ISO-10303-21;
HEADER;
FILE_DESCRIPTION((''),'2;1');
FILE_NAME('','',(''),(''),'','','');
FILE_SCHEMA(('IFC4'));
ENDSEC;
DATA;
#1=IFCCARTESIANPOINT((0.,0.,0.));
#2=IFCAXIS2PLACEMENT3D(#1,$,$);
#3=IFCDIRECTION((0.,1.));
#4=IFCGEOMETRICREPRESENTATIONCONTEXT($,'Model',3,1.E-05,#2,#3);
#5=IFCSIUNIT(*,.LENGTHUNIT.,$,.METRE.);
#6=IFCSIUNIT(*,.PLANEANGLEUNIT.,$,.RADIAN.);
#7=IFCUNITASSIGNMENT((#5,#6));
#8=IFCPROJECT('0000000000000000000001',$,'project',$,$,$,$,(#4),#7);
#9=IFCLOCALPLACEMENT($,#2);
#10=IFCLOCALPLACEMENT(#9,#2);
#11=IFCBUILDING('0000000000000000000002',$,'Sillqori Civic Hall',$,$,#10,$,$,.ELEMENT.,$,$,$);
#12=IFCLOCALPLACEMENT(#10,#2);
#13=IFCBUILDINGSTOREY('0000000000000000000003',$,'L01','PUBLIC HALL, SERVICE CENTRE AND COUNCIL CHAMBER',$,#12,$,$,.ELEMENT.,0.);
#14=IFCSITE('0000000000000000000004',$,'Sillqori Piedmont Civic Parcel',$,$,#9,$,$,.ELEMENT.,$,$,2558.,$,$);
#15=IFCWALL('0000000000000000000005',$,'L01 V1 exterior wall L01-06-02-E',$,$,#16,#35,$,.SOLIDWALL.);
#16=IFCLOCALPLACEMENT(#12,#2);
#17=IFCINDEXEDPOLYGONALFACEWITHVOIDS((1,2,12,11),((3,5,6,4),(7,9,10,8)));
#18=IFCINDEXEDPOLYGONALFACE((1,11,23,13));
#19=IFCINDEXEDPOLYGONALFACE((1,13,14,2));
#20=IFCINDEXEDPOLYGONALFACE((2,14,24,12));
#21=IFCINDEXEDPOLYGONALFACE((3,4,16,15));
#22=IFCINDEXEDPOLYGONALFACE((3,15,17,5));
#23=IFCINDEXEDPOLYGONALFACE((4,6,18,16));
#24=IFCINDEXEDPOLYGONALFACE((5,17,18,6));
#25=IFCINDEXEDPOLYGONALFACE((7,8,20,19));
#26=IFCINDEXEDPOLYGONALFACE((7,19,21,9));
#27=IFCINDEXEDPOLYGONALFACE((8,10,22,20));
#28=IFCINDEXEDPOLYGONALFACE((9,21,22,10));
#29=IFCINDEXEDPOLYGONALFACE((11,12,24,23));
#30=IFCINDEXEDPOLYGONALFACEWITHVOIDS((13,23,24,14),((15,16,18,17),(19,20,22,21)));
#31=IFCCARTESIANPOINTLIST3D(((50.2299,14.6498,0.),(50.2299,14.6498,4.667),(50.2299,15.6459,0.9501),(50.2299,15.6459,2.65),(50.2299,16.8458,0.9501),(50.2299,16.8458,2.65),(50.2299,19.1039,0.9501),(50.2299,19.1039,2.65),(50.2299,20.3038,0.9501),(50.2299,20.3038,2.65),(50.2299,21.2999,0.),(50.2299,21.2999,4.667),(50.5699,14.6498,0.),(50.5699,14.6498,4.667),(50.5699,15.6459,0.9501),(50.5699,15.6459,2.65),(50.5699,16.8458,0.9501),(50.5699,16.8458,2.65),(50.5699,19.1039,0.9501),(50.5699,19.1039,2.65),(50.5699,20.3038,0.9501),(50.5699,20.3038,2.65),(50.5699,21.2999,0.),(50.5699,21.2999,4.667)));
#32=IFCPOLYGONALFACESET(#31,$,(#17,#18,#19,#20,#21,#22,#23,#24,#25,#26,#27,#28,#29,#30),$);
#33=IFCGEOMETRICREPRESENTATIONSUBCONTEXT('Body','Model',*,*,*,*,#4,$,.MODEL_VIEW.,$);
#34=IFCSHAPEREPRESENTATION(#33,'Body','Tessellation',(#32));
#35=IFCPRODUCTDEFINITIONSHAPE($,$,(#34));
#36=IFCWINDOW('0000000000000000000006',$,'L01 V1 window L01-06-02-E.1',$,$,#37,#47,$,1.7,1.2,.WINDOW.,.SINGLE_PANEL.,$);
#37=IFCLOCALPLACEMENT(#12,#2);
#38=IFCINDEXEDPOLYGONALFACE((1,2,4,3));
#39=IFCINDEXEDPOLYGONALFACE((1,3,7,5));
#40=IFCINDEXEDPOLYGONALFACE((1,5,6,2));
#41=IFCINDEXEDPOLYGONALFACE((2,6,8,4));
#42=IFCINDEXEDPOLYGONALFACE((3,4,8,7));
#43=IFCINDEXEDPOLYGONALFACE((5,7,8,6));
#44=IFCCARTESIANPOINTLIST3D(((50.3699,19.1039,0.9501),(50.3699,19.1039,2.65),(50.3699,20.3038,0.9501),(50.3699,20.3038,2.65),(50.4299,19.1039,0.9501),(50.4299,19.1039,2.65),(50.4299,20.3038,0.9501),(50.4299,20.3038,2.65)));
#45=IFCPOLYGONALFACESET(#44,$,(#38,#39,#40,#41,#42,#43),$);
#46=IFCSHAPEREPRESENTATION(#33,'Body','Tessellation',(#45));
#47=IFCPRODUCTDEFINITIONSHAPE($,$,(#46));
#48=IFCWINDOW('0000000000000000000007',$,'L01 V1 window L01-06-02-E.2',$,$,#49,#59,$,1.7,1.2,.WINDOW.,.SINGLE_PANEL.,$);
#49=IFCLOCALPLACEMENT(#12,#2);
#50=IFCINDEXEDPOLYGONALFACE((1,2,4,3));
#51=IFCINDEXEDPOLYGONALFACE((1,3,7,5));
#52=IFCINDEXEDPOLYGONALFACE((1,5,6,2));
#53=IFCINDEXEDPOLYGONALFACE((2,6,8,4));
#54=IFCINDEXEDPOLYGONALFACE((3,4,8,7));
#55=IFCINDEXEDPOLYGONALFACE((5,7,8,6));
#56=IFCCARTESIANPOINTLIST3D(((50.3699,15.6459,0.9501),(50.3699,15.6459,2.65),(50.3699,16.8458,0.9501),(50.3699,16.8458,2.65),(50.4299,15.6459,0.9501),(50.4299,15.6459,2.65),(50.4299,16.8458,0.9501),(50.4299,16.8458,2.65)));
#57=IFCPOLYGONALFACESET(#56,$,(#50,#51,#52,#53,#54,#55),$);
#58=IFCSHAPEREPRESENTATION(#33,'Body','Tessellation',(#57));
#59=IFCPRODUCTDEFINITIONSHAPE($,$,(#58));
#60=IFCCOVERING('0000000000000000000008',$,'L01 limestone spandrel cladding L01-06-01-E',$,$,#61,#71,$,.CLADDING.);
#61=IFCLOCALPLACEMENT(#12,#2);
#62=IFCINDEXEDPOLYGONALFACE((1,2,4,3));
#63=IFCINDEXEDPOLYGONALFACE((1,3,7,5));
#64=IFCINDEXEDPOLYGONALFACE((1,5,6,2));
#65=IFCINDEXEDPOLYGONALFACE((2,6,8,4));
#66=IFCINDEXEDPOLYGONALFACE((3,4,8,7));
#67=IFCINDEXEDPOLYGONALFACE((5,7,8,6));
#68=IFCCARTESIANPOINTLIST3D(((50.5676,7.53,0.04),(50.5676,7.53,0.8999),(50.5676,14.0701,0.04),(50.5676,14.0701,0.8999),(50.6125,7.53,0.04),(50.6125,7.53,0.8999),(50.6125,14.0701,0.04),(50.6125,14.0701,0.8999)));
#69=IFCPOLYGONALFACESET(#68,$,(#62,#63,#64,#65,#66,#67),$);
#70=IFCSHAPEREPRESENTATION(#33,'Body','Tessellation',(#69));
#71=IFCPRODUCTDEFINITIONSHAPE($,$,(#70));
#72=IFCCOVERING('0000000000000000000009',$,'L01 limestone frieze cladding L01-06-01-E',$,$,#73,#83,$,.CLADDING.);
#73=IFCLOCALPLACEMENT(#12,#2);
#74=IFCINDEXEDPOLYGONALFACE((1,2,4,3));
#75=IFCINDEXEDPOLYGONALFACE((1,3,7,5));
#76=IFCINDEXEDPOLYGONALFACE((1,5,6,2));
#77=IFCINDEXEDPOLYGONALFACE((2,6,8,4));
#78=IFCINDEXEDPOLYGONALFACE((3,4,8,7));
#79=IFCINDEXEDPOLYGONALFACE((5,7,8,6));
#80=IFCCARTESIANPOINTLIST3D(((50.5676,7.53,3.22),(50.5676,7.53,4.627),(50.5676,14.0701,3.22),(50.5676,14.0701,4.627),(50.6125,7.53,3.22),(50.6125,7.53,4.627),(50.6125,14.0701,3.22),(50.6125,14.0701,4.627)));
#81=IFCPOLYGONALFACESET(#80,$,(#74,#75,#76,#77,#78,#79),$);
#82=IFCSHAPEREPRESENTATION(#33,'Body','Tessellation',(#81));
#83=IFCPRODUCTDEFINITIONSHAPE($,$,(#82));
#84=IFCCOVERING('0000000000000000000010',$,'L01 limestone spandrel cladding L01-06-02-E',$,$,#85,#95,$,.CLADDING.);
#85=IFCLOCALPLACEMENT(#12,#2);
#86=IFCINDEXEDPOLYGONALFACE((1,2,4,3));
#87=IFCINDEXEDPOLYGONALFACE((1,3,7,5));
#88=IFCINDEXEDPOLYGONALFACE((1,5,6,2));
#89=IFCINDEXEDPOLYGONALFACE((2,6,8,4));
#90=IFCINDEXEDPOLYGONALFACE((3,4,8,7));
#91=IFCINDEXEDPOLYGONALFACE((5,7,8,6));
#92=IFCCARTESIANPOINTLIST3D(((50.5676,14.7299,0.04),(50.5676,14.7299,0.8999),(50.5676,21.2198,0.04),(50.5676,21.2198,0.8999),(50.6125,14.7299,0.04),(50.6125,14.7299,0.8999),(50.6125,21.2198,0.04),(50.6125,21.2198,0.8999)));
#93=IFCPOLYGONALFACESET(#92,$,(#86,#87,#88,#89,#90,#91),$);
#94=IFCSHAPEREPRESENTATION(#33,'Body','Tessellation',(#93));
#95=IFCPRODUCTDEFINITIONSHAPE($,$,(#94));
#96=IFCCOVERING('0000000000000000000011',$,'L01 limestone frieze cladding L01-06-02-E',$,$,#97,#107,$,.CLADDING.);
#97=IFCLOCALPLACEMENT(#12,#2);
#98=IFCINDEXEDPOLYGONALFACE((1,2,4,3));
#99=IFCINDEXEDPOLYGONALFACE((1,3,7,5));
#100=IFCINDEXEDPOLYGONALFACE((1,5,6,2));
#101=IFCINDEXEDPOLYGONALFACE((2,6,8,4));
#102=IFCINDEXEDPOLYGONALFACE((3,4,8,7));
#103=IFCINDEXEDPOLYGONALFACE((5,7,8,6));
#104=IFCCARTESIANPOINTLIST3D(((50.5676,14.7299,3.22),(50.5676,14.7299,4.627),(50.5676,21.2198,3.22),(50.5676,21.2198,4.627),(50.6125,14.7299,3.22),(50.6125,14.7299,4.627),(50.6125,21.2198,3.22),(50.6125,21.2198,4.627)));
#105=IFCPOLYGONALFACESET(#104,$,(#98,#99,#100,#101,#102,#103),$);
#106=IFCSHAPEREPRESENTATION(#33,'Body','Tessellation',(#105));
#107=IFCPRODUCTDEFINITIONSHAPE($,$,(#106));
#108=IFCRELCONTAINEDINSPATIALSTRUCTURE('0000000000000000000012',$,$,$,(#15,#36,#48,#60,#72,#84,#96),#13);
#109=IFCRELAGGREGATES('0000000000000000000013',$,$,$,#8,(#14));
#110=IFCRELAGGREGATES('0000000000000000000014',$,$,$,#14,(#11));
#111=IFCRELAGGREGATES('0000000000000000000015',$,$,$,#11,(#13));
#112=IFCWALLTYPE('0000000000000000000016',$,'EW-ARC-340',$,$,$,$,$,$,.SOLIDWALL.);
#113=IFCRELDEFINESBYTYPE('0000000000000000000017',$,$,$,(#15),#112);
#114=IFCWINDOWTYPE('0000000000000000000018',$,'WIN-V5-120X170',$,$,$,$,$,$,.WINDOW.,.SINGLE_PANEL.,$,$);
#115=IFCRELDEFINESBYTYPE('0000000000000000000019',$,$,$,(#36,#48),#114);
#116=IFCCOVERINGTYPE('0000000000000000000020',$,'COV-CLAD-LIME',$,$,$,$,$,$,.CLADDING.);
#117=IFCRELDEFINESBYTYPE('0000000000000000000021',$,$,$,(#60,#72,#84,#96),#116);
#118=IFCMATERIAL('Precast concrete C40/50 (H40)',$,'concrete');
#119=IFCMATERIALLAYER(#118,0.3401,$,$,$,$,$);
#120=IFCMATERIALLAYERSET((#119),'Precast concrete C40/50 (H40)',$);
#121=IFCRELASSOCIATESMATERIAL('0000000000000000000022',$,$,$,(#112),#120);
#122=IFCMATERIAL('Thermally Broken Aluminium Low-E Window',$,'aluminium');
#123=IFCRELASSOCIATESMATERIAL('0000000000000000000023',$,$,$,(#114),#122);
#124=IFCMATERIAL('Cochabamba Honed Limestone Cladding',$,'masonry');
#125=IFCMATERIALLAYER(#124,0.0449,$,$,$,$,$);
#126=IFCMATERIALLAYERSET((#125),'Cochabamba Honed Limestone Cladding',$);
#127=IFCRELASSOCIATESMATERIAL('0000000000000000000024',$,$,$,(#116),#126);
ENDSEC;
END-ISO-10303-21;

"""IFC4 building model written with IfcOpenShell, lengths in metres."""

from ifc_helpers import new_model, si_unit, direction, frame, frame_2d, origin, place, context, subcontext, project, spatial, rectangle, extrude, material, layer, layer_set, type_object, element, fill, save


model = new_model("IFC4")

# Units and contexts
model_context = context("Model", 3, precision=1e-05, world=origin(), true_north=direction((0.0, 1.0)))
body_context = subcontext(model_context, "Body", "Model", "MODEL_VIEW")
ifc_project = project(units=[si_unit("LENGTHUNIT", "METRE"), si_unit("PLANEANGLEUNIT", "RADIAN")], contexts=[model_context])

# Site, building, storey
site_placement = place(None, origin())
site = spatial("IfcSite", under=ifc_project, at=site_placement, Name="Sillqori Piedmont Civic Parcel", CompositionType="ELEMENT", RefElevation=2558.0)
building_placement = place(site_placement, origin())
building = spatial("IfcBuilding", under=site, at=building_placement, Name="Sillqori Civic Hall", CompositionType="ELEMENT")
storey_placement = place(building_placement, origin())
storey = spatial("IfcBuildingStorey", under=building, at=storey_placement, Name="L01", Description="PUBLIC HALL, SERVICE CENTRE AND COUNCIL CHAMBER", CompositionType="ELEMENT", Elevation=0.0)

# Shared definitions
ifc_material_1 = material(Name="Precast concrete C40/50 (H40)", Category="concrete")
ifc_layer_1 = layer(ifc_material_1, 0.3401)
ifc_layer_set_1 = layer_set([ifc_layer_1], Name="Precast concrete C40/50 (H40)")
wall_type = type_object("IfcWallType", Name="EW-ARC-340", PredefinedType="SOLIDWALL", material=ifc_layer_set_1)

# Wall, openings, windows
ifc_material_2 = material(Name="Thermally Broken Aluminium Low-E Window", Category="aluminium")
window_type = type_object("IfcWindowType", Name="WIN-V5-120X170", PartitioningType="SINGLE_PANEL", PredefinedType="WINDOW", material=ifc_material_2)
wall_1_placement = place(storey_placement, frame((50.3999, 21.3, 0.0), z_axis=(0.0, 0.0, 1.0), x_axis=(0.0, -1.0, 0.0)))
wall_1 = element("IfcWall", 1, at=wall_1_placement, inside=storey, type_object=wall_type, Name="L01 V1 exterior wall L01-06-02-E", PredefinedType="SOLIDWALL", context=body_context, shape_type="SweptSolid", body=[
    extrude(rectangle(XDim=6.6501, YDim=0.3401, at=frame_2d((3.3252, 0.0))), origin(), (0.0, 0.0, 1.0), 4.667),
])
opening_1_placement = place(wall_1_placement, frame((0.9961, 0.0, 0.95)))
opening_1 = element("IfcOpeningElement", 2, at=opening_1_placement, cuts=wall_1, PredefinedType="OPENING", context=body_context, shape_type="SweptSolid", body=[
    extrude(rectangle(XDim=1.2, YDim=1.7, at=frame_2d((0.6001, 0.8501))), frame((0.0, 0.1799, 0.0), z_axis=(0.0, -1.0, 0.0), x_axis=(1.0, 0.0, 0.0)), (0.0, 0.0, 1.0), 0.3601),
])
opening_2_placement = place(wall_1_placement, frame((4.4541, 0.0, 0.95)))
opening_2 = element("IfcOpeningElement", 3, at=opening_2_placement, cuts=wall_1, PredefinedType="OPENING", context=body_context, shape_type="SweptSolid", body=[
    extrude(rectangle(XDim=1.2, YDim=1.7, at=frame_2d((0.6001, 0.8501))), frame((0.0, 0.1799, 0.0), z_axis=(0.0, -1.0, 0.0), x_axis=(1.0, 0.0, 0.0)), (0.0, 0.0, 1.0), 0.3601),
])
window_1_placement = place(opening_1_placement, origin())
window_1 = element("IfcWindow", 4, at=window_1_placement, inside=storey, type_object=window_type, Name="L01 V1 window L01-06-02-E.1", OverallHeight=1.7, OverallWidth=1.2, PartitioningType="SINGLE_PANEL", PredefinedType="WINDOW", context=body_context, shape_type="SweptSolid", body=[
    extrude(rectangle(XDim=1.2, YDim=1.7, at=frame_2d((0.6001, 0.8501))), frame((0.0, 0.03, 0.0), z_axis=(0.0, -1.0, 0.0), x_axis=(1.0, 0.0, 0.0)), (0.0, 0.0, 1.0), 0.0601),
])
fill(opening_1, window_1)
window_2_placement = place(opening_2_placement, origin())
window_2 = element("IfcWindow", 5, at=window_2_placement, inside=storey, type_object=window_type, Name="L01 V1 window L01-06-02-E.2", OverallHeight=1.7, OverallWidth=1.2, PartitioningType="SINGLE_PANEL", PredefinedType="WINDOW", context=body_context, shape_type="SweptSolid", body=[
    extrude(rectangle(XDim=1.2, YDim=1.7, at=frame_2d((0.6001, 0.8501))), frame((0.0, 0.03, 0.0), z_axis=(0.0, -1.0, 0.0), x_axis=(1.0, 0.0, 0.0)), (0.0, 0.0, 1.0), 0.0601),
])
fill(opening_2, window_2)

# Coverings
ifc_material_3 = material(Name="Cochabamba Honed Limestone Cladding", Category="masonry")
ifc_layer_2 = layer(ifc_material_3, 0.0449)
ifc_layer_set_2 = layer_set([ifc_layer_2], Name="Cochabamba Honed Limestone Cladding")
covering_type = type_object("IfcCoveringType", Name="COV-CLAD-LIME", PredefinedType="CLADDING", material=ifc_layer_set_2)
covering_1_placement = place(storey_placement, frame((50.5901, 14.0701, 0.04), z_axis=(0.0, 0.0, 1.0), x_axis=(0.0, -1.0, 0.0)))
element("IfcCovering", 6, at=covering_1_placement, inside=storey, type_object=covering_type, Name="L01 limestone spandrel cladding L01-06-01-E", PredefinedType="CLADDING", context=body_context, shape_type="SweptSolid", body=[
    extrude(rectangle(XDim=6.54, YDim=0.0449, at=frame_2d((3.27, 0.0))), origin(), (0.0, 0.0, 1.0), 0.8599),
])
covering_2_placement = place(storey_placement, frame((50.5901, 14.0701, 3.22), z_axis=(0.0, 0.0, 1.0), x_axis=(0.0, -1.0, 0.0)))
element("IfcCovering", 7, at=covering_2_placement, inside=storey, type_object=covering_type, Name="L01 limestone frieze cladding L01-06-01-E", PredefinedType="CLADDING", context=body_context, shape_type="SweptSolid", body=[
    extrude(rectangle(XDim=6.54, YDim=0.0449, at=frame_2d((3.27, 0.0))), origin(), (0.0, 0.0, 1.0), 1.407),
])
covering_3_placement = place(storey_placement, frame((50.5901, 21.22, 0.04), z_axis=(0.0, 0.0, 1.0), x_axis=(0.0, -1.0, 0.0)))
element("IfcCovering", 8, at=covering_3_placement, inside=storey, type_object=covering_type, Name="L01 limestone spandrel cladding L01-06-02-E", PredefinedType="CLADDING", context=body_context, shape_type="SweptSolid", body=[
    extrude(rectangle(XDim=6.49, YDim=0.0449, at=frame_2d((3.2451, 0.0))), origin(), (0.0, 0.0, 1.0), 0.8599),
])
covering_4_placement = place(storey_placement, frame((50.5901, 21.22, 3.22), z_axis=(0.0, 0.0, 1.0), x_axis=(0.0, -1.0, 0.0)))
element("IfcCovering", 9, at=covering_4_placement, inside=storey, type_object=covering_type, Name="L01 limestone frieze cladding L01-06-02-E", PredefinedType="CLADDING", context=body_context, shape_type="SweptSolid", body=[
    extrude(rectangle(XDim=6.49, YDim=0.0449, at=frame_2d((3.2451, 0.0))), origin(), (0.0, 0.0, 1.0), 1.407),
])

save(model, "model.ifc")
